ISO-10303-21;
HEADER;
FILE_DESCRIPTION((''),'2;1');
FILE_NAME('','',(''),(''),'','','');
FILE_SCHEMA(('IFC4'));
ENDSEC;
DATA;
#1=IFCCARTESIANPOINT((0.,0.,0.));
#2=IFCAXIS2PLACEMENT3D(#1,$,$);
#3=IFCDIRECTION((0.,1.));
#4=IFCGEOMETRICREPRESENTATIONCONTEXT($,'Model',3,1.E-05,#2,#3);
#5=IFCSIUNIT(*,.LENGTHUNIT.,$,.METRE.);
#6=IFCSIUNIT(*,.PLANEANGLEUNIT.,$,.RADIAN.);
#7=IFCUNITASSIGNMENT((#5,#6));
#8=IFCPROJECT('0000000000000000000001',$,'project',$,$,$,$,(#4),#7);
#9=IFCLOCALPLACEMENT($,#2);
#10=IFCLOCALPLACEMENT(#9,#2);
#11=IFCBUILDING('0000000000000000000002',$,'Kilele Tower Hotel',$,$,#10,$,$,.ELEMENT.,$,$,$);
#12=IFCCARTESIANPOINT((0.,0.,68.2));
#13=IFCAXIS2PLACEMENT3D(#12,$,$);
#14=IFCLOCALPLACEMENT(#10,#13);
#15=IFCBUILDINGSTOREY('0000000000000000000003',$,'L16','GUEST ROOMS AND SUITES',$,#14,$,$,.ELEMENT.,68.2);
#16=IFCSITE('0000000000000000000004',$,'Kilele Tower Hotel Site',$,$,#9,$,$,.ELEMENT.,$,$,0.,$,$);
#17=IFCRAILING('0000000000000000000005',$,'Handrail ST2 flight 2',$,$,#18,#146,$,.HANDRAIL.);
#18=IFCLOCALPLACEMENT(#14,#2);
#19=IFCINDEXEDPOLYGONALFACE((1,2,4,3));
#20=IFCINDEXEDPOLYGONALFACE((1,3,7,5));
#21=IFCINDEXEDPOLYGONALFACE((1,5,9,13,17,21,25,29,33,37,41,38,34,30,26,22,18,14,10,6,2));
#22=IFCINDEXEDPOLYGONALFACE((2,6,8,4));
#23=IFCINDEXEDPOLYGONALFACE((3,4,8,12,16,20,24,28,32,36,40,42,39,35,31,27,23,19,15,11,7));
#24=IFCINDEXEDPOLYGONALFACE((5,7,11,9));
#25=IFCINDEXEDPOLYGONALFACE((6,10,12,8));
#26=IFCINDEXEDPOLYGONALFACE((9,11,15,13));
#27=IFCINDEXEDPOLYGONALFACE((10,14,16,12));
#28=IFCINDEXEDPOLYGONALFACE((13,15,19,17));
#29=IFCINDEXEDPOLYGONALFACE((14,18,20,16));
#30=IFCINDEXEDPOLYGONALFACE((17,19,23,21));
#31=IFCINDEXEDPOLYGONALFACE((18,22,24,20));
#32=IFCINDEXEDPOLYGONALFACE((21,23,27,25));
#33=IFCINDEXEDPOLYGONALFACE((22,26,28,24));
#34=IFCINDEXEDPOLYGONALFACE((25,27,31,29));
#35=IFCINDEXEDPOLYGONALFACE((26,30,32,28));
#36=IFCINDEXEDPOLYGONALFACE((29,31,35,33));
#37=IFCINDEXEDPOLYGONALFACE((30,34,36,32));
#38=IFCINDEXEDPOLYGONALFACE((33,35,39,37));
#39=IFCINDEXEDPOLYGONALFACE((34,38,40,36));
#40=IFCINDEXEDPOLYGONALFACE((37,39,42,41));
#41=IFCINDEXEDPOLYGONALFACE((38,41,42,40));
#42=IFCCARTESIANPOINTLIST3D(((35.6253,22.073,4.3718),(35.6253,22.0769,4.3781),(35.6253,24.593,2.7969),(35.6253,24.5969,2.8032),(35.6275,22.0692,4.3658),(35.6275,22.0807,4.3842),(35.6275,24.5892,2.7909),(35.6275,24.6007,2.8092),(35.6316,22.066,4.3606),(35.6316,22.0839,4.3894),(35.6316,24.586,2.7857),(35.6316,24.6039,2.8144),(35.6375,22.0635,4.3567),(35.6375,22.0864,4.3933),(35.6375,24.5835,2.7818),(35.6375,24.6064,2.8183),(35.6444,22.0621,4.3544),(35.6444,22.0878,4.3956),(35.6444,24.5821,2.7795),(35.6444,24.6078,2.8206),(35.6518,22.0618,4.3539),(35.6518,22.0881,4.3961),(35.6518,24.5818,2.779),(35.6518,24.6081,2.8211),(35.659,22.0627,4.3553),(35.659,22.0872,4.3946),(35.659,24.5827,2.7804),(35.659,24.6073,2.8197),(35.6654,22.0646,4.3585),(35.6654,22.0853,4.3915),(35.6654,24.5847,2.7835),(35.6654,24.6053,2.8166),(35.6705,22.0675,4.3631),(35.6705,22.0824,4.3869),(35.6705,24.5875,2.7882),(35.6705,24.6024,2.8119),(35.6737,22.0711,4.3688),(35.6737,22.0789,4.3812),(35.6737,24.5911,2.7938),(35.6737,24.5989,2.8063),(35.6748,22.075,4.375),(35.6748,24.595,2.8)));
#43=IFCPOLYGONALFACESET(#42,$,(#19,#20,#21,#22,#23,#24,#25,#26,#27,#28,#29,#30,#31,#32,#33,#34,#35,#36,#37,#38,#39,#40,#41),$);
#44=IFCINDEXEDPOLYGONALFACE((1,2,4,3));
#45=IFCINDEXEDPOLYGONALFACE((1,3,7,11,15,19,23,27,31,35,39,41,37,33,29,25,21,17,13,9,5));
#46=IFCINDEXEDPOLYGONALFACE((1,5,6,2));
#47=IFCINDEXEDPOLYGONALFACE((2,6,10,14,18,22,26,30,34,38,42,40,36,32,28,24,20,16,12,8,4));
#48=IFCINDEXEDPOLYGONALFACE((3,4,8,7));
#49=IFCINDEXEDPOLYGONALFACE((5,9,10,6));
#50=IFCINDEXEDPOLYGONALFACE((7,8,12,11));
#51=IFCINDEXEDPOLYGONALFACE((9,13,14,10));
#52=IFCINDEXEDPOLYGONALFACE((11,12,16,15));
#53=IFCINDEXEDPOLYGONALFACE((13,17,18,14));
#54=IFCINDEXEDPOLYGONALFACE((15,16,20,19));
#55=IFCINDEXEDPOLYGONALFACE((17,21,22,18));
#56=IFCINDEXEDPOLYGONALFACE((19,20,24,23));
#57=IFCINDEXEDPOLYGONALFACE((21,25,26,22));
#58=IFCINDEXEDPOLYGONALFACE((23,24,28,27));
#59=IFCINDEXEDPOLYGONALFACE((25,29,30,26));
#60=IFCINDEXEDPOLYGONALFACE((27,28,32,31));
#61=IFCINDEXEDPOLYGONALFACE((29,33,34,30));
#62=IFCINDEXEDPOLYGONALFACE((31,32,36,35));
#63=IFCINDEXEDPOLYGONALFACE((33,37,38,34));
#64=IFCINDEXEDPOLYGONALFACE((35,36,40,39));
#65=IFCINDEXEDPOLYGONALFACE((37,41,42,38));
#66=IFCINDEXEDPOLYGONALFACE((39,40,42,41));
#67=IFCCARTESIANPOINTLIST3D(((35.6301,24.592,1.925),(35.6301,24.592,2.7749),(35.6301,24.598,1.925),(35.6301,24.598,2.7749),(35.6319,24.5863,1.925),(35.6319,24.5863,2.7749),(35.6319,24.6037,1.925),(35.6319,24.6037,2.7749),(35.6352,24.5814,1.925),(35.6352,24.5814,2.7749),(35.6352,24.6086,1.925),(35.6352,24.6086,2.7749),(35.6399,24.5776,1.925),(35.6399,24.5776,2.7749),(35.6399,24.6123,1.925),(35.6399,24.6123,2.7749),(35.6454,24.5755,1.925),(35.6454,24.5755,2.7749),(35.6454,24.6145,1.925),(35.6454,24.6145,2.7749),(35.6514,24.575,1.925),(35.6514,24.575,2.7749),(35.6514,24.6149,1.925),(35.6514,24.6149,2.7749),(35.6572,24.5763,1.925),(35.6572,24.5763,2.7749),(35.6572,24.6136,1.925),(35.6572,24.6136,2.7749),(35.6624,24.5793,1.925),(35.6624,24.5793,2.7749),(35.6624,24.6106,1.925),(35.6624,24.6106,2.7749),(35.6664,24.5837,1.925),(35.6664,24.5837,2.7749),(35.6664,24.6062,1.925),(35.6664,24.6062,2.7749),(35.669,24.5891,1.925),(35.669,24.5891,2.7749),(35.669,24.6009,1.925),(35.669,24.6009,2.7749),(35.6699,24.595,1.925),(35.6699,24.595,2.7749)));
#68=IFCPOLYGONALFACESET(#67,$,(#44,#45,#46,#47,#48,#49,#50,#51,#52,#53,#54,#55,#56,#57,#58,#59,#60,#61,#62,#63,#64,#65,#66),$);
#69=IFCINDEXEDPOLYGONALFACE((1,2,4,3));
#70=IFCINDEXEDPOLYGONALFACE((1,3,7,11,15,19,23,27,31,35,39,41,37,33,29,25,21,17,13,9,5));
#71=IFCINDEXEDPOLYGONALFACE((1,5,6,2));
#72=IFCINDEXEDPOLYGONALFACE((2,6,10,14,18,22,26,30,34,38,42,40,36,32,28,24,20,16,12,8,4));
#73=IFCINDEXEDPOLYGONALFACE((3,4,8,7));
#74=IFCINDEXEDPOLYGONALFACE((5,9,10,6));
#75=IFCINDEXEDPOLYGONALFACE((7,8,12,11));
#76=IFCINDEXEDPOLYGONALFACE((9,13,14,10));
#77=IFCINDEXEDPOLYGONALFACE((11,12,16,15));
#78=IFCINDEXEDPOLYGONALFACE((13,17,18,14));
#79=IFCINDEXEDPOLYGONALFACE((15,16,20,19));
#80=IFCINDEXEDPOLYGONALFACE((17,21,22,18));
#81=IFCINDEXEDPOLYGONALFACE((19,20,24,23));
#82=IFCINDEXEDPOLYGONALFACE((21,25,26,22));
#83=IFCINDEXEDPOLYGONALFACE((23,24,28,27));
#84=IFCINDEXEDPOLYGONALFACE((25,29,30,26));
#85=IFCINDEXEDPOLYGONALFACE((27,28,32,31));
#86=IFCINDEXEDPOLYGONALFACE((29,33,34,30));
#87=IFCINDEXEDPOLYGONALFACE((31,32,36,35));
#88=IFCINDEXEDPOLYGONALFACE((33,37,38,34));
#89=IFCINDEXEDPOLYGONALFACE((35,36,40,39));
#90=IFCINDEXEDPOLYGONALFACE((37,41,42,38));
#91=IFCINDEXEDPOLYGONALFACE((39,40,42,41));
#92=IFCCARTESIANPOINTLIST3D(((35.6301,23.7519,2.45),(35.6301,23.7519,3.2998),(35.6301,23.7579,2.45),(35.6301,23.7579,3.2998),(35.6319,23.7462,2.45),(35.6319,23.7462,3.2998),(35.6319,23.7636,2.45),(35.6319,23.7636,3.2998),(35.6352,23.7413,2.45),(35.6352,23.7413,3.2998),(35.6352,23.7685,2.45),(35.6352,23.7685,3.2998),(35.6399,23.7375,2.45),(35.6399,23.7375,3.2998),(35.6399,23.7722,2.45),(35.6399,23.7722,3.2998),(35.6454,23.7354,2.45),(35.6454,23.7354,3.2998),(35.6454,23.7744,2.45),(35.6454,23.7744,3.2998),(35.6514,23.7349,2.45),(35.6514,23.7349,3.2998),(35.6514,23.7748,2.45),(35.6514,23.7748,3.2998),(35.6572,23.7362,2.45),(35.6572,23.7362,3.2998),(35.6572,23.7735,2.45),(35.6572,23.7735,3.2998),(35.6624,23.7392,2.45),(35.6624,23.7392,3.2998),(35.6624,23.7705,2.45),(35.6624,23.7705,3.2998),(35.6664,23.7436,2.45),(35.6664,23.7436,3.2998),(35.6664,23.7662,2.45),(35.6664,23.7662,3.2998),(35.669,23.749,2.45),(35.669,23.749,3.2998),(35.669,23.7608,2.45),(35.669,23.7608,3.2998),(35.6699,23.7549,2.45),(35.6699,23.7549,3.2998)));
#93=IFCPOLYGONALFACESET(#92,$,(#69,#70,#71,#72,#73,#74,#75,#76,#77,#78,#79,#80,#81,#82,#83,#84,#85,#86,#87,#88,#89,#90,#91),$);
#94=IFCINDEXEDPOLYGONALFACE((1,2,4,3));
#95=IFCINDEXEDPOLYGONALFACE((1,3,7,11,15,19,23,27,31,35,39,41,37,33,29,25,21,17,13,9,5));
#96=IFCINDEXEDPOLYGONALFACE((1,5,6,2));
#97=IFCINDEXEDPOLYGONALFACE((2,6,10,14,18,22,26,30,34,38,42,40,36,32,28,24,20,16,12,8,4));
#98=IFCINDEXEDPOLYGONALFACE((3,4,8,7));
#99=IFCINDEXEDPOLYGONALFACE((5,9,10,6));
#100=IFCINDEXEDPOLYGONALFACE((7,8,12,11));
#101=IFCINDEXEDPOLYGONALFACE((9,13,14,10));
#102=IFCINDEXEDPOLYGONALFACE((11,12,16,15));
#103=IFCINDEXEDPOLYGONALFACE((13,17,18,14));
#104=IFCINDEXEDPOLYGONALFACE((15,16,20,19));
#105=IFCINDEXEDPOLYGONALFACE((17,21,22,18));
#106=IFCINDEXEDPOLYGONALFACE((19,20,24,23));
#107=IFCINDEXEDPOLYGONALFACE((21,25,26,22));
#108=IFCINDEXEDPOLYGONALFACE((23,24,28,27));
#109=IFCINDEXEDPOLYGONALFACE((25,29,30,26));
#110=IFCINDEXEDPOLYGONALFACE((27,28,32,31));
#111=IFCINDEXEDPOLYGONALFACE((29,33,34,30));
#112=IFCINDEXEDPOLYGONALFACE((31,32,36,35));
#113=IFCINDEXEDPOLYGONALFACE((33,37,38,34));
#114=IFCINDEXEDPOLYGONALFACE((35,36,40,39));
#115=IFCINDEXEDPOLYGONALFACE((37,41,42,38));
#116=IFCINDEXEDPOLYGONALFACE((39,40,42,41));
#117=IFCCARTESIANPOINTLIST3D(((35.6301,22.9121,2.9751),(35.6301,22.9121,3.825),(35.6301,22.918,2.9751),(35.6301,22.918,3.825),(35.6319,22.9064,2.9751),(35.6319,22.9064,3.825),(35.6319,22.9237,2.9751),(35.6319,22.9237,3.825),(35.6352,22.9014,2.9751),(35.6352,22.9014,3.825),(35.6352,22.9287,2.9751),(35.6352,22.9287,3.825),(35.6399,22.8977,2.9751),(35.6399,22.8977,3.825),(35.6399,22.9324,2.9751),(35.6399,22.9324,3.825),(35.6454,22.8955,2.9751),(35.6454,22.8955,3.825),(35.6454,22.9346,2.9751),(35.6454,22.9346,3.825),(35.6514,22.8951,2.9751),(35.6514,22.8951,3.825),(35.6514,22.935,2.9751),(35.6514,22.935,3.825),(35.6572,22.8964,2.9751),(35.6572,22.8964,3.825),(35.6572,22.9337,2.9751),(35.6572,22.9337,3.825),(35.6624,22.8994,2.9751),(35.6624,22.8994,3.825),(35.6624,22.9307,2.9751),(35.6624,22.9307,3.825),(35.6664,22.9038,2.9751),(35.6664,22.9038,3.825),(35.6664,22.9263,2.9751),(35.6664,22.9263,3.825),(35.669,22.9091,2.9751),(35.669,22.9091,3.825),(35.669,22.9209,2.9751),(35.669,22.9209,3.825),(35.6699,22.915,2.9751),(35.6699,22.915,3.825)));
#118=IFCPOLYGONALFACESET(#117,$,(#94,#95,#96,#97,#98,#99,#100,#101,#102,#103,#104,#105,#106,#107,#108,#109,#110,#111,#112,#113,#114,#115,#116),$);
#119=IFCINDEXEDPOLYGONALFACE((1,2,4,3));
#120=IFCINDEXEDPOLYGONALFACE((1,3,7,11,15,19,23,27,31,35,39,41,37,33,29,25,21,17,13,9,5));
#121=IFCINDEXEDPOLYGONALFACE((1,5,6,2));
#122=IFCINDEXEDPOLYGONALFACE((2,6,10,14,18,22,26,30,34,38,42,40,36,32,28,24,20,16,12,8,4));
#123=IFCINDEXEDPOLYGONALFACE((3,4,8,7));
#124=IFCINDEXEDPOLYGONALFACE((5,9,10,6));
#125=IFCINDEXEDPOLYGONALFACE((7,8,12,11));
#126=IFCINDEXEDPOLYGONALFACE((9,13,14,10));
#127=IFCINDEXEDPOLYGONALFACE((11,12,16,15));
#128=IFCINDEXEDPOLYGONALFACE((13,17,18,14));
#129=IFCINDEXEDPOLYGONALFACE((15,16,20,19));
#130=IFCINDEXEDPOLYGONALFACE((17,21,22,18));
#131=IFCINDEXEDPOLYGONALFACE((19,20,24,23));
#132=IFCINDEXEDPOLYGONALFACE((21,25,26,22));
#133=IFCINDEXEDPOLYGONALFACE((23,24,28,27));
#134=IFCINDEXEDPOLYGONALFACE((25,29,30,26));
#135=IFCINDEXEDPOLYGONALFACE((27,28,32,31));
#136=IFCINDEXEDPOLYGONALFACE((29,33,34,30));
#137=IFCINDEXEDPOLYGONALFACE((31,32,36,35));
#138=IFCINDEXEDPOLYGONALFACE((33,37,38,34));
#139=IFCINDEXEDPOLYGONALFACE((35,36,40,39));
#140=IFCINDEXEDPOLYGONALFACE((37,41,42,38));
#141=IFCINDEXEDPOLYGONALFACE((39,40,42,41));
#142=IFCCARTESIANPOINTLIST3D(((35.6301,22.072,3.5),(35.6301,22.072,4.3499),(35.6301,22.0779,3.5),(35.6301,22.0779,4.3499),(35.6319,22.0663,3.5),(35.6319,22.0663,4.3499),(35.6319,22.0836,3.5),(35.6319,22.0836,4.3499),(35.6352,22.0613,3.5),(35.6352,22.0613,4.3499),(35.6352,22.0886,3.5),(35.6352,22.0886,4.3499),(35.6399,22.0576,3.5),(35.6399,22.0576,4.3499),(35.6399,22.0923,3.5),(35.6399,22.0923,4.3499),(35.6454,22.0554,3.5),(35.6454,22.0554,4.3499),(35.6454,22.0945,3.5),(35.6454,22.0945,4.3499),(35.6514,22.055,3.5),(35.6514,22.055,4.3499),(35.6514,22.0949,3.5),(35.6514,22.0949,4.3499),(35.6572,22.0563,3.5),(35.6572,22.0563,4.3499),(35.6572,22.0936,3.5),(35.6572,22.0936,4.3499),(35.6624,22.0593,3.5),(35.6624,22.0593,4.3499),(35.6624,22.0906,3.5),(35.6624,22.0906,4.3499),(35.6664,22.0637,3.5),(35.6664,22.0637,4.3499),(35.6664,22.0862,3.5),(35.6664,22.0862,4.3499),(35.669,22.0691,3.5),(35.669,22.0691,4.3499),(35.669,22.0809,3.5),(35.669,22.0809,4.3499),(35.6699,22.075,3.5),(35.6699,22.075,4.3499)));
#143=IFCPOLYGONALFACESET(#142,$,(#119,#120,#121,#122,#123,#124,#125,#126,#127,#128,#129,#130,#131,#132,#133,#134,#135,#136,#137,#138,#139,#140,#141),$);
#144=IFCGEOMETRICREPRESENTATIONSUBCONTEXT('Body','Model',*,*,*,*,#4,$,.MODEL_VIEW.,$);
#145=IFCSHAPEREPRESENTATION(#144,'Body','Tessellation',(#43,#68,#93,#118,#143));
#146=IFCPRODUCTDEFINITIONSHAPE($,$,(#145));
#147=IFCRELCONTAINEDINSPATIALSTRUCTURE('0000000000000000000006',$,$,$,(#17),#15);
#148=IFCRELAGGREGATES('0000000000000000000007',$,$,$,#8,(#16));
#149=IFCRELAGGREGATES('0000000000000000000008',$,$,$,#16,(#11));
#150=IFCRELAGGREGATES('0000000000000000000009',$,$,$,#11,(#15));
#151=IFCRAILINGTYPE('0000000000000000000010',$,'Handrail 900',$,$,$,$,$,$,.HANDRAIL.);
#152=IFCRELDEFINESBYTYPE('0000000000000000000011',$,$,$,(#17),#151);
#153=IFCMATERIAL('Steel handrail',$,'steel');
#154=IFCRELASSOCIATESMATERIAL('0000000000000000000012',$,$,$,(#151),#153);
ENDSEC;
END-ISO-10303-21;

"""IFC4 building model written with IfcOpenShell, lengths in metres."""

from ifc_helpers import new_model, si_unit, direction, frame, origin, origin_2d, place, context, subcontext, project, spatial, circle, extrude, material, type_object, element, save


model = new_model("IFC4")

# Units and contexts
model_context = context("Model", 3, precision=1e-05, world=origin(), true_north=direction((0.0, 1.0)))
body_context = subcontext(model_context, "Body", "Model", "MODEL_VIEW")
ifc_project = project(units=[si_unit("LENGTHUNIT", "METRE"), si_unit("PLANEANGLEUNIT", "RADIAN")], contexts=[model_context])

# Site, building, storey
site_placement = place(None, origin())
site = spatial("IfcSite", under=ifc_project, at=site_placement, Name="Kilele Tower Hotel Site", CompositionType="ELEMENT", RefElevation=0.0)
building_placement = place(site_placement, origin())
building = spatial("IfcBuilding", under=site, at=building_placement, Name="Kilele Tower Hotel", CompositionType="ELEMENT")
storey_placement = place(building_placement, frame((0.0, 0.0, 68.2)))
storey = spatial("IfcBuildingStorey", under=building, at=storey_placement, Name="L16", Description="GUEST ROOMS AND SUITES", CompositionType="ELEMENT", Elevation=68.2)

# Railing
ifc_material_1 = material(Name="Steel handrail", Category="steel")
railing_type_1 = type_object("IfcRailingType", Name="Handrail 900", PredefinedType="HANDRAIL", material=ifc_material_1)
for number, where, name in (
    (1, (35.6499, 24.595, 1.925), "Handrail ST2 flight 2"),
):
    element("IfcRailing", number, at=place(storey_placement, frame(where)), inside=storey, type_object=railing_type_1, Name=name, PredefinedType="HANDRAIL", context=body_context, shape_type="SweptSolid", body=[
        extrude(circle(Radius=0.0249, at=origin_2d()), frame((0.0, 0.0, 0.875), z_axis=(0.0, -0.848008, 0.529984), x_axis=(1.0, 0.0, 0.0)), (0.0, 0.0, 1.0), 2.9717),
        extrude(circle(Radius=0.02, at=origin_2d()), origin(), (0.0, 0.0, 1.0), 0.8499),
        extrude(circle(Radius=0.02, at=origin_2d()), frame((0.0, -0.8401, 0.5249)), (0.0, 0.0, 1.0), 0.8499),
        extrude(circle(Radius=0.02, at=origin_2d()), frame((0.0, -1.6799, 1.05)), (0.0, 0.0, 1.0), 0.8499),
        extrude(circle(Radius=0.02, at=origin_2d()), frame((0.0, -2.52, 1.575)), (0.0, 0.0, 1.0), 0.8499),
    ])

save(model, "model.ifc")
